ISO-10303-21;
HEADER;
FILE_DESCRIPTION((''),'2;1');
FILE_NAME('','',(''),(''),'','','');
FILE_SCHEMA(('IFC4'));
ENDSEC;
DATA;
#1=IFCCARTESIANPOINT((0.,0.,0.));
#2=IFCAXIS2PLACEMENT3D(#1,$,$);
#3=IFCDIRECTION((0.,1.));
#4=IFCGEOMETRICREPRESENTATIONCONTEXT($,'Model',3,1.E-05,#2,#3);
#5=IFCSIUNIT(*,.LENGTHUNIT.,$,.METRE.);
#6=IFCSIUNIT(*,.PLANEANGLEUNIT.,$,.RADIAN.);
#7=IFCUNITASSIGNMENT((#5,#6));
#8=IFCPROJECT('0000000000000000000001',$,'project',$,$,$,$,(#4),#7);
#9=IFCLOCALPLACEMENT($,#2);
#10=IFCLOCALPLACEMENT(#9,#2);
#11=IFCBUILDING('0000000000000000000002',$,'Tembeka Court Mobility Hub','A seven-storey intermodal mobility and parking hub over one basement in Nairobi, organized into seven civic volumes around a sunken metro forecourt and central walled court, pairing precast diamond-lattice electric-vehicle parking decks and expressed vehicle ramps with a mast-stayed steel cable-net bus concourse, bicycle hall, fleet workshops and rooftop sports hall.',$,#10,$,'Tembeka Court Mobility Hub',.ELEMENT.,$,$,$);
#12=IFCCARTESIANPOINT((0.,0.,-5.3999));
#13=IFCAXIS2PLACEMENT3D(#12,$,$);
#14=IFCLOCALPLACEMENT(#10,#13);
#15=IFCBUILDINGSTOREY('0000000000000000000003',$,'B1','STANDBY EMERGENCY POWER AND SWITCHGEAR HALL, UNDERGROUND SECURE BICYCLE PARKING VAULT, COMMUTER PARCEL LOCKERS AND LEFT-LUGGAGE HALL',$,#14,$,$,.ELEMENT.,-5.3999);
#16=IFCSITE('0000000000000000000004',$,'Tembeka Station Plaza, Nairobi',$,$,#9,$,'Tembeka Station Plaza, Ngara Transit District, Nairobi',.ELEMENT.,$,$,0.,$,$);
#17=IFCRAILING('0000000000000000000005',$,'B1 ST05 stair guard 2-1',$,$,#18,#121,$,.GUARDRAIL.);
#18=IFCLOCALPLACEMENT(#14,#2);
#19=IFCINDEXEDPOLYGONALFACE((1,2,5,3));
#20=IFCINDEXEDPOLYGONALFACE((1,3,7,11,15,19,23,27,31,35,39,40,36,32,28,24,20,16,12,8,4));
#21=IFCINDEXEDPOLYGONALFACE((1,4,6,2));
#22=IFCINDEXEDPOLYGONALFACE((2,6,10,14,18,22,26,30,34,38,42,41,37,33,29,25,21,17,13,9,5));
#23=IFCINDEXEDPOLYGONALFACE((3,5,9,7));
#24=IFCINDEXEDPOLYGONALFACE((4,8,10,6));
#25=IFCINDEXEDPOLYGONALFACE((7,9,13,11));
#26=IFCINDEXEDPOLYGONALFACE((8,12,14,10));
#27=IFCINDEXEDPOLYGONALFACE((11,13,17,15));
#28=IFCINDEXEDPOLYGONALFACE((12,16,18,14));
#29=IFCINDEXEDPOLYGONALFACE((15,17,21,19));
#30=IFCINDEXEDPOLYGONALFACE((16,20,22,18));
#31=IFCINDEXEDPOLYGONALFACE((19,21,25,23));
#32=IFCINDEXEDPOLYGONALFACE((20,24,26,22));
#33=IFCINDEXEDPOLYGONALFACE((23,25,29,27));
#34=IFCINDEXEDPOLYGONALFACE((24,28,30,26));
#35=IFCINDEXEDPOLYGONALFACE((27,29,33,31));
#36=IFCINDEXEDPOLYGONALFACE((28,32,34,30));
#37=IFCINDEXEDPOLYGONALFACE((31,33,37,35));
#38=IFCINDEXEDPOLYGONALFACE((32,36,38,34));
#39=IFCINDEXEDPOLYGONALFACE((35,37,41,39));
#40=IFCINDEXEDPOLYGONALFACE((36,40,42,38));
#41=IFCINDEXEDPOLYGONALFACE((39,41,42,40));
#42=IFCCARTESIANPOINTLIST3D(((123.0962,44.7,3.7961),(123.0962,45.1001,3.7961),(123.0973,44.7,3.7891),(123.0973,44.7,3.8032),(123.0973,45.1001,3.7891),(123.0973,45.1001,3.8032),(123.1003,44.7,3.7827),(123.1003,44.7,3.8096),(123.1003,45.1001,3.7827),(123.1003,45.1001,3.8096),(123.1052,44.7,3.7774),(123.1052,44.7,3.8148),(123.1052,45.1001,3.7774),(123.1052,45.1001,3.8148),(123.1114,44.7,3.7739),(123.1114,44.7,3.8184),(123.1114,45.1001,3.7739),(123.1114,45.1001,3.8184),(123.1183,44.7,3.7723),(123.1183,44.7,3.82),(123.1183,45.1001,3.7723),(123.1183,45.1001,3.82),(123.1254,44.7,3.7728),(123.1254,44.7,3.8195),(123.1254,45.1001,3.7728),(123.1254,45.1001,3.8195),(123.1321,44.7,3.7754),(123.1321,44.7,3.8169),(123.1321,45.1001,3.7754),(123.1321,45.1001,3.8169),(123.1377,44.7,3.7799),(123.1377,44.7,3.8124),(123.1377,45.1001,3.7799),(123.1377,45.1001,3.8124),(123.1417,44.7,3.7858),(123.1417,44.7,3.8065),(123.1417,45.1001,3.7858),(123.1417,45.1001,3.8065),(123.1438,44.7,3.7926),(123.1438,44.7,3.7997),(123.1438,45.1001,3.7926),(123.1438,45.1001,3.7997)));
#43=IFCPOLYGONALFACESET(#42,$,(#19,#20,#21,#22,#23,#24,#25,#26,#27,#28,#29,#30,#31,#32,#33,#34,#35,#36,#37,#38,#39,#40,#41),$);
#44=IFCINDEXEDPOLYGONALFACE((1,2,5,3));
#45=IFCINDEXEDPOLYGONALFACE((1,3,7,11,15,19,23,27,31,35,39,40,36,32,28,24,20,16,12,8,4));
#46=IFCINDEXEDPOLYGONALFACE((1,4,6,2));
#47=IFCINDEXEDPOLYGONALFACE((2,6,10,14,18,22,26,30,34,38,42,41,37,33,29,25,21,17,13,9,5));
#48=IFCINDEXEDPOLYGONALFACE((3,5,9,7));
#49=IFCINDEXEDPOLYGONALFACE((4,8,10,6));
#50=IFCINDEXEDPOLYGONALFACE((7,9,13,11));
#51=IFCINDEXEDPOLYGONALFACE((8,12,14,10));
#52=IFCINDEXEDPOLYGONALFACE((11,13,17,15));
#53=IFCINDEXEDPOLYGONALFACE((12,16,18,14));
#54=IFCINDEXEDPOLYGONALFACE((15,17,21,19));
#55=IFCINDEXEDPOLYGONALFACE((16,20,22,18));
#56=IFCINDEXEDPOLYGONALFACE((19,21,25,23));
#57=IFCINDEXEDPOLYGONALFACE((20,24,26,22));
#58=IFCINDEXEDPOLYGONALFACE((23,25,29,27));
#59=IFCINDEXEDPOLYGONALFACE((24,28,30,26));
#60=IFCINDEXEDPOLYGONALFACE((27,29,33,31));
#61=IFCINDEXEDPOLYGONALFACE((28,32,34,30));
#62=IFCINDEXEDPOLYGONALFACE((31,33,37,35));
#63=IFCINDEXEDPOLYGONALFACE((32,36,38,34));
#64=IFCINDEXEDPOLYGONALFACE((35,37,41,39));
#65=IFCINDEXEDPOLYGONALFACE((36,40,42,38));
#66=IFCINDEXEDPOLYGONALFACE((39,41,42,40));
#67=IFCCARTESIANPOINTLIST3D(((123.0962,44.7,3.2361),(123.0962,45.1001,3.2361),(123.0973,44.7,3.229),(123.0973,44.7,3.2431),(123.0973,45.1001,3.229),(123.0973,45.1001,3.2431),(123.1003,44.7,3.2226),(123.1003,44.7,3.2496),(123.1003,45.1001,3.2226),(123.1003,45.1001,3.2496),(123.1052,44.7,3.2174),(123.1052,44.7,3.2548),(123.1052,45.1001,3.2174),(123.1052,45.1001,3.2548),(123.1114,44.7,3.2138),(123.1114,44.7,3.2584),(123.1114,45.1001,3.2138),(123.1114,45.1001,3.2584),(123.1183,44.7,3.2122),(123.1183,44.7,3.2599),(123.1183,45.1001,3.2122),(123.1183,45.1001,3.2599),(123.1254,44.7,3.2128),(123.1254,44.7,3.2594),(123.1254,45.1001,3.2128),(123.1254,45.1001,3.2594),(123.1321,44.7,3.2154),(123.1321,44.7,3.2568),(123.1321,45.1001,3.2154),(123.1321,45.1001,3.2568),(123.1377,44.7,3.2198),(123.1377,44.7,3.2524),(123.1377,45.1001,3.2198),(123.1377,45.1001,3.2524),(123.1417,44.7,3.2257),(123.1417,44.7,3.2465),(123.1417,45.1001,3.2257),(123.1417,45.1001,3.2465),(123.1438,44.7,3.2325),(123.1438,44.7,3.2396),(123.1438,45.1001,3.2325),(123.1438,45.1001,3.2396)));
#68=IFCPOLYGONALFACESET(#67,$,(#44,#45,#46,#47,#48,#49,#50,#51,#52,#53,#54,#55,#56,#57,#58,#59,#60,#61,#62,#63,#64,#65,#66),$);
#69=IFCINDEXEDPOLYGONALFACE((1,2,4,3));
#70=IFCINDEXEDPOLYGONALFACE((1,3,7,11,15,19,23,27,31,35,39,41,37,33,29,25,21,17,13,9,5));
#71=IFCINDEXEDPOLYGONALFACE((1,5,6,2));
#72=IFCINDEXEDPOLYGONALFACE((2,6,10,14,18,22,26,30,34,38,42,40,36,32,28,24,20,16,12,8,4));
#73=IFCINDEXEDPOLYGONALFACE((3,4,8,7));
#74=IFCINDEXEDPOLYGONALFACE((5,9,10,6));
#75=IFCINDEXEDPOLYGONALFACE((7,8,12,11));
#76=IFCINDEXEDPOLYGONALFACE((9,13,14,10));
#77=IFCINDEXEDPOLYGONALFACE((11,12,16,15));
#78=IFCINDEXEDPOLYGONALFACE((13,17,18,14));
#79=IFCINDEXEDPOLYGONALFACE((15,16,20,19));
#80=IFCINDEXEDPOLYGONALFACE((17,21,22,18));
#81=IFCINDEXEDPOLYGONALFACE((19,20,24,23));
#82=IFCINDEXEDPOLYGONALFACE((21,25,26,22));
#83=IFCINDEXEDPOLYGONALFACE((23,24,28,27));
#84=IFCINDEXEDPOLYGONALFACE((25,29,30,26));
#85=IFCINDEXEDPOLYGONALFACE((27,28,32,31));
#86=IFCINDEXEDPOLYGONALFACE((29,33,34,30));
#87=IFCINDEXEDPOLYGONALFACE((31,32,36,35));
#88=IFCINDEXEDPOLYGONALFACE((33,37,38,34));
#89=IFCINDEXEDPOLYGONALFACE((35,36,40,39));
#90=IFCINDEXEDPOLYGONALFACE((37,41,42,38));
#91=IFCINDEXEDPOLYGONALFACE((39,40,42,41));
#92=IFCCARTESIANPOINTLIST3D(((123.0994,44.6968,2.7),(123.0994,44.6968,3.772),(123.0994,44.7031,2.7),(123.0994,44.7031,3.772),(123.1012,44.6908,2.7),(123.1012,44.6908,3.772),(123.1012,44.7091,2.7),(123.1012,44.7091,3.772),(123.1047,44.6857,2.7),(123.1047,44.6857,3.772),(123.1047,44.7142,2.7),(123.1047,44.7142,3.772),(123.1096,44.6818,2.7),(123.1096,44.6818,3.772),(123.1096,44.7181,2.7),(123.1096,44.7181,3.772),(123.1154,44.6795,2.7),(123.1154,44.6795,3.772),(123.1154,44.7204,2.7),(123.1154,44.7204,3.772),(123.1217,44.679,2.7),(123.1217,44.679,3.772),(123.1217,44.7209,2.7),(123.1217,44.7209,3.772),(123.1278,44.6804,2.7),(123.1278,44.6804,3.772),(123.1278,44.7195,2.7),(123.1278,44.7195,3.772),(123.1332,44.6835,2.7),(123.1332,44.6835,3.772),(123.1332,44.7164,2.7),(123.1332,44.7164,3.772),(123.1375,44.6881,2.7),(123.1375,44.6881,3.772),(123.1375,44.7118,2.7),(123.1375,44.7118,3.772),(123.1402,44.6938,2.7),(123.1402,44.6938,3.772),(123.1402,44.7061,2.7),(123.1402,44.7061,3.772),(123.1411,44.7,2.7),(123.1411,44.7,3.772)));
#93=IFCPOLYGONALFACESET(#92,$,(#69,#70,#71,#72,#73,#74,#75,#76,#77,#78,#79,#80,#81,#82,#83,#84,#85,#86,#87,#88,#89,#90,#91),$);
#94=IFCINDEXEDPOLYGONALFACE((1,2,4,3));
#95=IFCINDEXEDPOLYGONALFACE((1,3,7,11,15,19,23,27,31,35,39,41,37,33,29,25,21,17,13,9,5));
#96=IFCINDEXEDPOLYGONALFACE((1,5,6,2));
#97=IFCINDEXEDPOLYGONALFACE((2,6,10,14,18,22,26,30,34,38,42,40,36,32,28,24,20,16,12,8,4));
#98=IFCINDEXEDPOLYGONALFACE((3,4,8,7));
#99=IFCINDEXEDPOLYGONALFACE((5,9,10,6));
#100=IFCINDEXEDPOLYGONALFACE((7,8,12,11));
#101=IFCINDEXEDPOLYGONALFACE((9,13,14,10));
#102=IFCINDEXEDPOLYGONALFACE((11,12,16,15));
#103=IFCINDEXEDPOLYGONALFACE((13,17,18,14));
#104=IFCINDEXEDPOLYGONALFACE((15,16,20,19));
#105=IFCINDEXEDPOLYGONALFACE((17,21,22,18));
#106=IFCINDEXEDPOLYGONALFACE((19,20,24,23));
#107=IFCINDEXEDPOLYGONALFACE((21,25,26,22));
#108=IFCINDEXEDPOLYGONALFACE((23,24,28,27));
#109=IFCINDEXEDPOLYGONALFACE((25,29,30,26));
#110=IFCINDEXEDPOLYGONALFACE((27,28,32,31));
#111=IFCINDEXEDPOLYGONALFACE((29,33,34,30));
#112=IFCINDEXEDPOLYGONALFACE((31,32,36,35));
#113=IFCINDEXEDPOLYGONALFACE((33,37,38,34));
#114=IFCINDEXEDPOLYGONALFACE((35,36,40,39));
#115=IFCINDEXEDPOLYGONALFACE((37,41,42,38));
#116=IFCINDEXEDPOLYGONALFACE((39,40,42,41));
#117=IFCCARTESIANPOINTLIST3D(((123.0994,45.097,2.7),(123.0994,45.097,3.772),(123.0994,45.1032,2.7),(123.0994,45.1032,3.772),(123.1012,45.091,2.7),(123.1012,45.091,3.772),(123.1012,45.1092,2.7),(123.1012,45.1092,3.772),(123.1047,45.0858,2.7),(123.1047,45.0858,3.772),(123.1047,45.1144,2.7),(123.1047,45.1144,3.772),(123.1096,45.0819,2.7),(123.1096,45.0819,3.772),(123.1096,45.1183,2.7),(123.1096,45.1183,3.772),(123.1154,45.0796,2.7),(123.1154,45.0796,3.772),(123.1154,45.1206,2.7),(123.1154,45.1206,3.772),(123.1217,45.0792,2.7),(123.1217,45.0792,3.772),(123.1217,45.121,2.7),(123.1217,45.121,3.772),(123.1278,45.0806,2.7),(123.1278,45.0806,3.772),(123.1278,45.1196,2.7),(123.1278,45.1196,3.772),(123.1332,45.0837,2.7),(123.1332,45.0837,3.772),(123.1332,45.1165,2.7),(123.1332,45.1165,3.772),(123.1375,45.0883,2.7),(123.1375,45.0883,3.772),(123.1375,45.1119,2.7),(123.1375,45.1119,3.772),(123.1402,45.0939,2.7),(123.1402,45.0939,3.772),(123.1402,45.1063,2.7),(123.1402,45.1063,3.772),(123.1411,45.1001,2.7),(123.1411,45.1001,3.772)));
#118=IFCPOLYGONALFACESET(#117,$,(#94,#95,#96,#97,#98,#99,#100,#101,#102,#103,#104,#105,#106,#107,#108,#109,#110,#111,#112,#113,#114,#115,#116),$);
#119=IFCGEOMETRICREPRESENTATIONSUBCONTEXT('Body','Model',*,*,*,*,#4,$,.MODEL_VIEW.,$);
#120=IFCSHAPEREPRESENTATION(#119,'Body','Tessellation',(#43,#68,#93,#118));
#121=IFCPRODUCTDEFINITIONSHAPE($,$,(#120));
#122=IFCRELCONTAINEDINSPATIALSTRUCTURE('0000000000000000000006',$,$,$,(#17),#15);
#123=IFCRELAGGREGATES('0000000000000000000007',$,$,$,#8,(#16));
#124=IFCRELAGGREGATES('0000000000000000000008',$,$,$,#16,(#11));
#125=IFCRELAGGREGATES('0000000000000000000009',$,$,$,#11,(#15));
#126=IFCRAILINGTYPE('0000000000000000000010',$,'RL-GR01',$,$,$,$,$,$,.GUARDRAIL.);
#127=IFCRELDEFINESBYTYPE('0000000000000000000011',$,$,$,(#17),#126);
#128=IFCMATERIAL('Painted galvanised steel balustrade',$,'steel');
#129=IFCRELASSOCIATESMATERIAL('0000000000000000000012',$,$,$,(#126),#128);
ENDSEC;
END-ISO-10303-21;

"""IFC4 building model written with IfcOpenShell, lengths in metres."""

from ifc_helpers import new_model, si_unit, direction, frame, origin, origin_2d, place, context, subcontext, project, spatial, circle, extrude, material, type_object, element, save


model = new_model("IFC4")

# Units and contexts
model_context = context("Model", 3, precision=1e-05, world=origin(), true_north=direction((0.0, 1.0)))
body_context = subcontext(model_context, "Body", "Model", "MODEL_VIEW")
ifc_project = project(units=[si_unit("LENGTHUNIT", "METRE"), si_unit("PLANEANGLEUNIT", "RADIAN")], contexts=[model_context])

# Site, building, storey
site_placement = place(None, origin())
site = spatial("IfcSite", under=ifc_project, at=site_placement, Name="Tembeka Station Plaza, Nairobi", LongName="Tembeka Station Plaza, Ngara Transit District, Nairobi", CompositionType="ELEMENT", RefElevation=0.0)
building_placement = place(site_placement, origin())
building = spatial("IfcBuilding", under=site, at=building_placement, Name="Tembeka Court Mobility Hub", Description="A seven-storey intermodal mobility and parking hub over one basement in Nairobi, organized into seven civic volumes around a sunken metro forecourt and central walled court, pairing precast diamond-lattice electric-vehicle parking decks and expressed vehicle ramps with a mast-stayed steel cable-net bus concourse, bicycle hall, fleet workshops and rooftop sports hall.", LongName="Tembeka Court Mobility Hub", CompositionType="ELEMENT")
storey_placement = place(building_placement, frame((0.0, 0.0, -5.3999)))
storey = spatial("IfcBuildingStorey", under=building, at=storey_placement, Name="B1", Description="STANDBY EMERGENCY POWER AND SWITCHGEAR HALL, UNDERGROUND SECURE BICYCLE PARKING VAULT, COMMUTER PARCEL LOCKERS AND LEFT-LUGGAGE HALL", CompositionType="ELEMENT", Elevation=-5.3999)

# Railing
ifc_material_1 = material(Name="Painted galvanised steel balustrade", Category="steel")
railing_type_1 = type_object("IfcRailingType", Name="RL-GR01", PredefinedType="GUARDRAIL", material=ifc_material_1)
railing_1_placement = place(storey_placement, frame((123.1201, 44.7, 2.7)))
element("IfcRailing", 1, at=railing_1_placement, inside=storey, type_object=railing_type_1, Name="B1 ST05 stair guard 2-1", PredefinedType="GUARDRAIL", context=body_context, shape_type="SweptSolid", body=[
    extrude(circle(Radius=0.0239, at=origin_2d()), frame((0.0, 0.0, 1.0962), z_axis=(0.0, 1.0, 0.0), x_axis=(-1.0, 0.0, 0.0)), (0.0, 0.0, 1.0), 0.4001),
    extrude(circle(Radius=0.0239, at=origin_2d()), frame((0.0, 0.0, 0.5361), z_axis=(0.0, 1.0, 0.0), x_axis=(-1.0, 0.0, 0.0)), (0.0, 0.0, 1.0), 0.4001),
    extrude(circle(Radius=0.021, at=origin_2d()), origin(), (0.0, 0.0, 1.0), 1.072),
    extrude(circle(Radius=0.021, at=origin_2d()), frame((0.0, 0.4001, 0.0)), (0.0, 0.0, 1.0), 1.072),
])

save(model, "model.ifc")
